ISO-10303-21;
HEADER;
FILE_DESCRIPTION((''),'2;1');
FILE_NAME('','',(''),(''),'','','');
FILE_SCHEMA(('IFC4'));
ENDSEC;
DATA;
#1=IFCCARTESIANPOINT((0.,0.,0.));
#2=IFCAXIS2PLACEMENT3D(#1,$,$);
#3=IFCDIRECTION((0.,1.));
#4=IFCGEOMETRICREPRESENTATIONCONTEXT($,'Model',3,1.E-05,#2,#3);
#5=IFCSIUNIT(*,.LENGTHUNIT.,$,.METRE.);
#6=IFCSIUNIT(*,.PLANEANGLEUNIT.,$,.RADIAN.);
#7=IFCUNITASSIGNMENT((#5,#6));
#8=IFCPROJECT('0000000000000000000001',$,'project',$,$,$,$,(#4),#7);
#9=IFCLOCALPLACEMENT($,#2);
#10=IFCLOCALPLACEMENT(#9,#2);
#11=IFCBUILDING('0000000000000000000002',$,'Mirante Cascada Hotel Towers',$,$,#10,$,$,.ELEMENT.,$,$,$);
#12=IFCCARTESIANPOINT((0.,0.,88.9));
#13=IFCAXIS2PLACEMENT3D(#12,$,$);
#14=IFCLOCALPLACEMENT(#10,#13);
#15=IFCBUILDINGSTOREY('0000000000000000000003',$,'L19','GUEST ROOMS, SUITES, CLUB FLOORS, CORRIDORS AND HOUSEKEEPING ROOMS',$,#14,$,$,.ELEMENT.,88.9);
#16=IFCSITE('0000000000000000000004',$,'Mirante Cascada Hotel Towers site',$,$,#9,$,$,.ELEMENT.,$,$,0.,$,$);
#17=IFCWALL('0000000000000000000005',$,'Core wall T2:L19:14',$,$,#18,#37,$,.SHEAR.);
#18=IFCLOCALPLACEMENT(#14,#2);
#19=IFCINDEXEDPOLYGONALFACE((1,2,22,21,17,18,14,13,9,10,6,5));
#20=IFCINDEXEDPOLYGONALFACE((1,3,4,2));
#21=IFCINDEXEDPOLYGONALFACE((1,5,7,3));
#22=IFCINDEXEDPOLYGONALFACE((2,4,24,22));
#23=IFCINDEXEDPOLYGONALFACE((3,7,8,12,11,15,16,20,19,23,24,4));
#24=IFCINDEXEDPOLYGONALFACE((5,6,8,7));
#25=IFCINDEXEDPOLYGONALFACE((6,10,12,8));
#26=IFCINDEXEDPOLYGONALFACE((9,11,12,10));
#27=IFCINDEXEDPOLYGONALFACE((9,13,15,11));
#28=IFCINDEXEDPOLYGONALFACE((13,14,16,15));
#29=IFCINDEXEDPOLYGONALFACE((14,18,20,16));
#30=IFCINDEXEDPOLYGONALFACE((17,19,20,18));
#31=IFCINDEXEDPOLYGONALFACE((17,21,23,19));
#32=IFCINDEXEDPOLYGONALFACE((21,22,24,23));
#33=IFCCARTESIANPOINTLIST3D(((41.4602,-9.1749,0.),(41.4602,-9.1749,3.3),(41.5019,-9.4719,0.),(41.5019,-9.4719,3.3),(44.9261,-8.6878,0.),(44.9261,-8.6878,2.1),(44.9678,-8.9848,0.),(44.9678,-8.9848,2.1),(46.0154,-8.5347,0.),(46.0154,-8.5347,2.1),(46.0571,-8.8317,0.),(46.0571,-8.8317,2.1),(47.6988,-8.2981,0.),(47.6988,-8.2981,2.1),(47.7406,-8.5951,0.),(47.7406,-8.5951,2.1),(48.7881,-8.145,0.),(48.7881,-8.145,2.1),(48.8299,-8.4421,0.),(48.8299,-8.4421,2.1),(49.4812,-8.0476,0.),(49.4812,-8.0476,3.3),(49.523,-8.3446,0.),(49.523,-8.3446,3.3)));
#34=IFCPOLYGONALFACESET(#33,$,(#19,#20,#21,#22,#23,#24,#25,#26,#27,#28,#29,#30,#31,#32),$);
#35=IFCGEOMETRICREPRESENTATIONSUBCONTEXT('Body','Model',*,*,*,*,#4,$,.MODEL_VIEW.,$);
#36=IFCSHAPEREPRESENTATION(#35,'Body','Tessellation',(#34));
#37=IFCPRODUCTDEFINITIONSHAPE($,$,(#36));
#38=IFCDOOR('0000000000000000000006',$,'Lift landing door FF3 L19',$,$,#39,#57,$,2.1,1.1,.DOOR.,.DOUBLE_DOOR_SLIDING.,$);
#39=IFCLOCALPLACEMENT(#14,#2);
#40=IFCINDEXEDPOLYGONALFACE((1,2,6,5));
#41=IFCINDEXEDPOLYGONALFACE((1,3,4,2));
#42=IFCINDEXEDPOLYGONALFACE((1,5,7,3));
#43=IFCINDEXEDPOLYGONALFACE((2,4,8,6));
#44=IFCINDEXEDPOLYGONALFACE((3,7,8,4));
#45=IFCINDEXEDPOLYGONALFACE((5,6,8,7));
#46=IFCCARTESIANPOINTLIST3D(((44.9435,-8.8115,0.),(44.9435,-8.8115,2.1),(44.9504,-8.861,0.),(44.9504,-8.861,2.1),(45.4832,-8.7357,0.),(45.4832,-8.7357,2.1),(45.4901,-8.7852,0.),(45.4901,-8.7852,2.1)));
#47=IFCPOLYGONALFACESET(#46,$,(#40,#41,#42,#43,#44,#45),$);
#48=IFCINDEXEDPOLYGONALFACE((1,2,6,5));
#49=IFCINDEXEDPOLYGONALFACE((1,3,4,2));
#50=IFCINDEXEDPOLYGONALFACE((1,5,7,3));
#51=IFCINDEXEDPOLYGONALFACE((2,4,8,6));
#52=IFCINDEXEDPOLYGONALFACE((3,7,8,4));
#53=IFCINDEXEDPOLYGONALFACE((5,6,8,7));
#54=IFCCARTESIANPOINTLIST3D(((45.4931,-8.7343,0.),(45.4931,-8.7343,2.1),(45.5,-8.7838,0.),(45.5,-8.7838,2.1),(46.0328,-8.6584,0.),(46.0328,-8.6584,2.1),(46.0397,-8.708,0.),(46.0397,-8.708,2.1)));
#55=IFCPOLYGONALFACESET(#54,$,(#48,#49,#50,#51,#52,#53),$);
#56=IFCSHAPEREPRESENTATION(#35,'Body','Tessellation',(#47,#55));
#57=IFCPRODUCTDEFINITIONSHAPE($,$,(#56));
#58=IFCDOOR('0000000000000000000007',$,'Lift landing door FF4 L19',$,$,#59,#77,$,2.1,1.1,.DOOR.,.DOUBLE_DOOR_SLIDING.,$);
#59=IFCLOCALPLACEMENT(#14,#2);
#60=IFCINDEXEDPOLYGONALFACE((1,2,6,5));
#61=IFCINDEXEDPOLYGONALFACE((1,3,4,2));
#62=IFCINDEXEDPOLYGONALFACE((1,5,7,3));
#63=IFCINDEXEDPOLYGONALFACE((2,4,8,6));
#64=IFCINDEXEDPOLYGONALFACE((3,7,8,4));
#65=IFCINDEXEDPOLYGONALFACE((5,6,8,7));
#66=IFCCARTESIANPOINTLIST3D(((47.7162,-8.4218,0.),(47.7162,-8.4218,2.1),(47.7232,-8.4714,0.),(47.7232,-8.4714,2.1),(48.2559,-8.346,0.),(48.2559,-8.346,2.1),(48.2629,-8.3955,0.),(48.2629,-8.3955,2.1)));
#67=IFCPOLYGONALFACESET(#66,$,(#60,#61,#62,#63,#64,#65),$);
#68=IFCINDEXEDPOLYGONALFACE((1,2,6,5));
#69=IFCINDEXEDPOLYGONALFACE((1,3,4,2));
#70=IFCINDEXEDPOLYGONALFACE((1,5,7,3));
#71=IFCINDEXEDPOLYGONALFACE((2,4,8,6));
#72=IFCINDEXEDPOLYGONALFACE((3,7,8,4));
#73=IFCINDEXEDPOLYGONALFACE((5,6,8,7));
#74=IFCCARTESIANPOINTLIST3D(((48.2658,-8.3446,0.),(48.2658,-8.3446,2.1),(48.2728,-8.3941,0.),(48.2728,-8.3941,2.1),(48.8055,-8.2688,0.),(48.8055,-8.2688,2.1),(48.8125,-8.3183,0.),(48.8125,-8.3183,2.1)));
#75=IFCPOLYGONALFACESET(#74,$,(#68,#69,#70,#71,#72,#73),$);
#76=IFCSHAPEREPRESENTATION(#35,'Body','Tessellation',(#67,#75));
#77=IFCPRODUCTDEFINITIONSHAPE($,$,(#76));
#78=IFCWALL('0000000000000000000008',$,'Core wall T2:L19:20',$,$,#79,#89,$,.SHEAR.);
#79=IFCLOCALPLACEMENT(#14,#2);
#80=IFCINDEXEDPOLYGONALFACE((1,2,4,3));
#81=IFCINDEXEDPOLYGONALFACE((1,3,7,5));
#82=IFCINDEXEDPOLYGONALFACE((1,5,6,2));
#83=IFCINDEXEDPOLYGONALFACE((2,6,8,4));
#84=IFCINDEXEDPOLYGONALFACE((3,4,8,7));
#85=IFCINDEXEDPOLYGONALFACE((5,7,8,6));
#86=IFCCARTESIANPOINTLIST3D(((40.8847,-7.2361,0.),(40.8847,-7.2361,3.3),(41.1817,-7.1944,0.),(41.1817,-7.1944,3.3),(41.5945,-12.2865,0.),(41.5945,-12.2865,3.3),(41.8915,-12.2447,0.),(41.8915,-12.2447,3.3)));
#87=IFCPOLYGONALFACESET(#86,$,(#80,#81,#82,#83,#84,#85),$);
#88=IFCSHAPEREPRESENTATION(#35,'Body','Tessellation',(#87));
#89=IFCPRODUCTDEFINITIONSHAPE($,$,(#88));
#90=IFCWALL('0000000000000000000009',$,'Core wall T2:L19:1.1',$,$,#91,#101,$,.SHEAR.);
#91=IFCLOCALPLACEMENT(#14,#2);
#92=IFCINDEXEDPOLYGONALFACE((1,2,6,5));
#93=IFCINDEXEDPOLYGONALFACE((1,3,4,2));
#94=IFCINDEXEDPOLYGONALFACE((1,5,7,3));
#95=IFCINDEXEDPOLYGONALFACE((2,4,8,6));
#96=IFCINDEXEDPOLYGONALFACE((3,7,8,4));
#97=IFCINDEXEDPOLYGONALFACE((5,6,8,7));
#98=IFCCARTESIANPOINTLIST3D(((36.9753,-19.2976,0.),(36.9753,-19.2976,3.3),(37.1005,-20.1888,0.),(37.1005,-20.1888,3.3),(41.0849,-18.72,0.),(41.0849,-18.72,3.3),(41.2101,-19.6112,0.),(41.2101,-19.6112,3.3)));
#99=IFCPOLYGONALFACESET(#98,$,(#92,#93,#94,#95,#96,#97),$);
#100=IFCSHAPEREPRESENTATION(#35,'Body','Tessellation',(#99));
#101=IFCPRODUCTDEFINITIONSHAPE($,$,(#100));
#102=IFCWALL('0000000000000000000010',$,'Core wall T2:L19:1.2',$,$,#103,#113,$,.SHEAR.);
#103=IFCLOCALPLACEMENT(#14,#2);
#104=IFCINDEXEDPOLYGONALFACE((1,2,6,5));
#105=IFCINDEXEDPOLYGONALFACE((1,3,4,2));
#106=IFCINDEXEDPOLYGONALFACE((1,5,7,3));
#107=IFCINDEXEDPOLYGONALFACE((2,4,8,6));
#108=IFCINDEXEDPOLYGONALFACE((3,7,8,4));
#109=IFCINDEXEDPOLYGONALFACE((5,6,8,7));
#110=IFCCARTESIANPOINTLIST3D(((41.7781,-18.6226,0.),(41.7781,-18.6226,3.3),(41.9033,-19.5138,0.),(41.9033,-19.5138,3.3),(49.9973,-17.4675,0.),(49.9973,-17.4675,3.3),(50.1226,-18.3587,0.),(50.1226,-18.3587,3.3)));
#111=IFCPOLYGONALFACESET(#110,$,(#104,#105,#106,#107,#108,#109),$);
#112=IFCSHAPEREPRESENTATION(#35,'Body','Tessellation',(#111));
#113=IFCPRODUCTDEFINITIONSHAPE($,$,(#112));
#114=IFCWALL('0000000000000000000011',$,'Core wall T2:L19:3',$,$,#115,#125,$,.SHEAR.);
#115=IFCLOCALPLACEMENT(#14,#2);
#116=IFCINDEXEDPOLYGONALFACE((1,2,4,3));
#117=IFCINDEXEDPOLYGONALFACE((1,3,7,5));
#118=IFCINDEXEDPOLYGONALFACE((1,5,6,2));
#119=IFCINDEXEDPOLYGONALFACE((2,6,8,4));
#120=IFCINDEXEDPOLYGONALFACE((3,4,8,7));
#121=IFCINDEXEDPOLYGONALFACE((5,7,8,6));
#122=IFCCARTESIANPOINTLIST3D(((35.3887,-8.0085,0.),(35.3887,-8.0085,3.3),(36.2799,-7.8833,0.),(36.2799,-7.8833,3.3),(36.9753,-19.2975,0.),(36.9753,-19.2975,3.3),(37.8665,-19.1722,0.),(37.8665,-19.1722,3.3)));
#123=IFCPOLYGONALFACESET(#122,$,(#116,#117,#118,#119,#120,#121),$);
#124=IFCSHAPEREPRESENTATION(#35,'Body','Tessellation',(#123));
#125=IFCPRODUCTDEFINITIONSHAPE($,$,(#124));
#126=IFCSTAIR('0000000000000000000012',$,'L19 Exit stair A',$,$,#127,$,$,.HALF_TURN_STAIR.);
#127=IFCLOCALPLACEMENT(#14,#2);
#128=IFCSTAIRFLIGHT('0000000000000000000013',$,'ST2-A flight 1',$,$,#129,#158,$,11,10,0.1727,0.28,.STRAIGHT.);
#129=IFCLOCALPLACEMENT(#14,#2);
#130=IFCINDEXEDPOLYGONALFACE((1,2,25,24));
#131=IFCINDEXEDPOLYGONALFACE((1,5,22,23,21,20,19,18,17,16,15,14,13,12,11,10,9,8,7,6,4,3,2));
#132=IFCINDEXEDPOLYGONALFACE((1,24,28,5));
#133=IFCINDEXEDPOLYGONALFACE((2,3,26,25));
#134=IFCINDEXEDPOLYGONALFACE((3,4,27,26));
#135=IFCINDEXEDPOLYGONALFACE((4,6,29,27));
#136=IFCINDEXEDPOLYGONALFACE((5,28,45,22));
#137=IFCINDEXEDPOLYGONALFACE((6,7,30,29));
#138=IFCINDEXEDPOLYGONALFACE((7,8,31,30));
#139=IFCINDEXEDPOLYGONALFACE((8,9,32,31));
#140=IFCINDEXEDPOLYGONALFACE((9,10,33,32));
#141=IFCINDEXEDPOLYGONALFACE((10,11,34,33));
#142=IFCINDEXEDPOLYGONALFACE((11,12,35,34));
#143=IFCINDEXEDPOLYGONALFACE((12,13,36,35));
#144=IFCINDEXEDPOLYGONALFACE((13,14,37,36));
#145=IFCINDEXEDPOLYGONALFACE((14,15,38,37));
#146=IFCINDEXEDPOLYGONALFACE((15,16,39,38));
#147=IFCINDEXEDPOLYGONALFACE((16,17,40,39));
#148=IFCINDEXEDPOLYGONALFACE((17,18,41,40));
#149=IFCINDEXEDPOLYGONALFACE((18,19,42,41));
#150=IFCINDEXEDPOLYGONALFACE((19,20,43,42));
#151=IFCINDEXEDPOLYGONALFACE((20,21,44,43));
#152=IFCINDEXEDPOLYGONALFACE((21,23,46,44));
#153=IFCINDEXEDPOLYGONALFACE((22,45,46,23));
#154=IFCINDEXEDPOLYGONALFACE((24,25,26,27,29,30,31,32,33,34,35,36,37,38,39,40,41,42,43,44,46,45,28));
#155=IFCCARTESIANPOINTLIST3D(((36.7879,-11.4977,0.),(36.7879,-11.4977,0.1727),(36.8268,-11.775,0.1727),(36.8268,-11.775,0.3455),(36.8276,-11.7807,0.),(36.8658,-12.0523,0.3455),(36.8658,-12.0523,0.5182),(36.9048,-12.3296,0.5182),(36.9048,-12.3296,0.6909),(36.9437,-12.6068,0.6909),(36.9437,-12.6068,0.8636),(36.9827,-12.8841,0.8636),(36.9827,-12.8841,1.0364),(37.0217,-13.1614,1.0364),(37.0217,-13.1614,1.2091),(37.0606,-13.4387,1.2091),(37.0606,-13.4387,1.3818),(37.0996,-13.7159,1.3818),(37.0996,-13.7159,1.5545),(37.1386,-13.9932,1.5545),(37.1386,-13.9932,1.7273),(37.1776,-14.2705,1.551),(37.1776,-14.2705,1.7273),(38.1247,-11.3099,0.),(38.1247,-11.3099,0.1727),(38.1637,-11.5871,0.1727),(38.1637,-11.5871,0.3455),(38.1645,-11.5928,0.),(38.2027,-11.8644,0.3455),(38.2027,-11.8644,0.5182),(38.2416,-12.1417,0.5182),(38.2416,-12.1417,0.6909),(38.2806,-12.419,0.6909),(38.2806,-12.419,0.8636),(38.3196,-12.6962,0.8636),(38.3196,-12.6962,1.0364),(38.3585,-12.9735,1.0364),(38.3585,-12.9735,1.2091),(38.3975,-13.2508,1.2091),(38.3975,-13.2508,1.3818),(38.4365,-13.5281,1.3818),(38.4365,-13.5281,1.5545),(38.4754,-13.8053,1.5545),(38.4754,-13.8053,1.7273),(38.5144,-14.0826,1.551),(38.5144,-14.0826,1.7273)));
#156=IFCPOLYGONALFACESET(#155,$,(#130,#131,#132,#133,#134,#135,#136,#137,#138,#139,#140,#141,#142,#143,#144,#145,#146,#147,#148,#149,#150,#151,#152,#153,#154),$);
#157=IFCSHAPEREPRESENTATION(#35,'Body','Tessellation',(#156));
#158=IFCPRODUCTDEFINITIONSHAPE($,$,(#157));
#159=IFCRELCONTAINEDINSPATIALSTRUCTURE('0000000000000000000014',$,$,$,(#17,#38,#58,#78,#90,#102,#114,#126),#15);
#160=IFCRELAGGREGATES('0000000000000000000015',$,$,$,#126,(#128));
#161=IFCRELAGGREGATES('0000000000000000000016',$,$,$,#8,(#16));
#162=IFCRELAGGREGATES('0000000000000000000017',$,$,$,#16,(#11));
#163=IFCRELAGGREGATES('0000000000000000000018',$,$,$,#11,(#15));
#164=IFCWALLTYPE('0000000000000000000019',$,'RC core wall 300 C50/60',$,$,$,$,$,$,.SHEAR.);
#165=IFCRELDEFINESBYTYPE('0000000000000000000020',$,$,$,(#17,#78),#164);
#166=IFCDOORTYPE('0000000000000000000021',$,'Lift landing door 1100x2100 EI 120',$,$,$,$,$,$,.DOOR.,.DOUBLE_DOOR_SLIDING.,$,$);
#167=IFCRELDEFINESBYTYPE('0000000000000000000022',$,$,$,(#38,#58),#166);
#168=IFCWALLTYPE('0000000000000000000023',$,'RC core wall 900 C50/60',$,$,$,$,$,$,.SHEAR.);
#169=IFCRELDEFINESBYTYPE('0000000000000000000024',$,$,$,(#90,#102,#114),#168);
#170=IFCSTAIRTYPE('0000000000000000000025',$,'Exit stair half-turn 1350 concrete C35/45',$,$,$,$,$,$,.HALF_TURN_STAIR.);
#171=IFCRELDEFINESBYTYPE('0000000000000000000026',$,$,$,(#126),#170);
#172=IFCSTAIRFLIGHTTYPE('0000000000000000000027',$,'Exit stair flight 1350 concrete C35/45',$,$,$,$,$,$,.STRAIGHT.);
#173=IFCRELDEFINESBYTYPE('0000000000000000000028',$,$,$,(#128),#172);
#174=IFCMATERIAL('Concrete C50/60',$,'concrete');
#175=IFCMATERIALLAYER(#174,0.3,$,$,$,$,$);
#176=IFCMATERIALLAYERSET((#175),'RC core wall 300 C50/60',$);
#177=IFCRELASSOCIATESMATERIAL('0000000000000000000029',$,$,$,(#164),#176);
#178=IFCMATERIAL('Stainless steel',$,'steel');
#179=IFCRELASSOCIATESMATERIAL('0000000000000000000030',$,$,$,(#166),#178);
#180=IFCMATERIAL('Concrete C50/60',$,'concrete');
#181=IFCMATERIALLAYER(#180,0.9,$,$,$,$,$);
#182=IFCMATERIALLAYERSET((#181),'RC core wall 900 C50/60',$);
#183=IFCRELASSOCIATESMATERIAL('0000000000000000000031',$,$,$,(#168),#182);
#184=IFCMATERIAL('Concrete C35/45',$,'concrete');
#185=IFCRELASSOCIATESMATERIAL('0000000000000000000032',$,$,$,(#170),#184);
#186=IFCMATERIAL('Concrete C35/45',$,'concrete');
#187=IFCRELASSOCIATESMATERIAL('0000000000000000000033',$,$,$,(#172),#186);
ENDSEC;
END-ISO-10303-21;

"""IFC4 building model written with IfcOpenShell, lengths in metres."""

from ifc_helpers import new_model, si_unit, direction, frame, frame_2d, origin, place, context, subcontext, project, spatial, polyline, rectangle, outline, extrude, material, layer, layer_set, type_object, element, fill, aggregate, save


model = new_model("IFC4")

# Units and contexts
model_context = context("Model", 3, precision=1e-05, world=origin(), true_north=direction((0.0, 1.0)))
body_context = subcontext(model_context, "Body", "Model", "MODEL_VIEW")
ifc_project = project(units=[si_unit("LENGTHUNIT", "METRE"), si_unit("PLANEANGLEUNIT", "RADIAN")], contexts=[model_context])

# Site, building, storey
site_placement = place(None, origin())
site = spatial("IfcSite", under=ifc_project, at=site_placement, Name="Mirante Cascada Hotel Towers site", CompositionType="ELEMENT", RefElevation=0.0)
building_placement = place(site_placement, origin())
building = spatial("IfcBuilding", under=site, at=building_placement, Name="Mirante Cascada Hotel Towers", CompositionType="ELEMENT")
storey_placement = place(building_placement, frame((0.0, 0.0, 88.9)))
storey = spatial("IfcBuildingStorey", under=building, at=storey_placement, Name="L19", Description="GUEST ROOMS, SUITES, CLUB FLOORS, CORRIDORS AND HOUSEKEEPING ROOMS", CompositionType="ELEMENT", Elevation=88.9)

# Shared definitions
ifc_material_1 = material(Name="Concrete C50/60", Category="concrete")
ifc_layer_1 = layer(ifc_material_1, 0.3)
ifc_layer_set_1 = layer_set([ifc_layer_1], Name="RC core wall 300 C50/60")
wall_type_1 = type_object("IfcWallType", Name="RC core wall 300 C50/60", PredefinedType="SHEAR", material=ifc_layer_set_1)

# Shared definitions
ifc_material_2 = material(Name="Stainless steel", Category="steel")
door_type_1 = type_object("IfcDoorType", Name="Lift landing door 1100x2100 EI 120", OperationType="DOUBLE_DOOR_SLIDING", PredefinedType="DOOR", material=ifc_material_2)

# Wall, openings, doors
wall_1_placement = place(storey_placement, frame((41.481, -9.3234, 0.0), z_axis=(0.0, 0.0, 1.0), x_axis=(0.990268, 0.139174, 0.0)))
wall_1 = element("IfcWall", 1, at=wall_1_placement, inside=storey, type_object=wall_type_1, Name="Core wall T2:L19:14", PredefinedType="SHEAR", context=body_context, shape_type="SweptSolid", body=[
    extrude(rectangle(XDim=8.0999, YDim=0.3, at=frame_2d((4.05, 0.0))), origin(), (0.0, 0.0, 1.0), 3.3),
])
opening_1_placement = place(wall_1_placement, frame((3.5, 0.0, 0.0)))
opening_1 = element("IfcOpeningElement", 2, at=opening_1_placement, cuts=wall_1, PredefinedType="OPENING", context=body_context, shape_type="SweptSolid", body=[
    extrude(rectangle(XDim=1.1, YDim=2.1, at=frame_2d((0.55, 1.05))), frame((0.0, 0.15, 0.0), z_axis=(0.0, -1.0, 0.0), x_axis=(1.0, 0.0, 0.0)), (0.0, 0.0, 1.0), 0.3),
])
opening_2_placement = place(wall_1_placement, frame((6.3, 0.0, 0.0)))
opening_2 = element("IfcOpeningElement", 3, at=opening_2_placement, cuts=wall_1, PredefinedType="OPENING", context=body_context, shape_type="SweptSolid", body=[
    extrude(rectangle(XDim=1.1, YDim=2.1, at=frame_2d((0.55, 1.05))), frame((0.0, 0.15, 0.0), z_axis=(0.0, -1.0, 0.0), x_axis=(1.0, 0.0, 0.0)), (0.0, 0.0, 1.0), 0.3),
])
door_1_placement = place(opening_1_placement, origin())
door_1 = element("IfcDoor", 4, at=door_1_placement, inside=storey, type_object=door_type_1, Name="Lift landing door FF3 L19", OperationType="DOUBLE_DOOR_SLIDING", OverallHeight=2.1, OverallWidth=1.1, PredefinedType="DOOR", context=body_context, shape_type="SweptSolid", body=[
    extrude(rectangle(XDim=0.545, YDim=2.1, at=frame_2d((0.2725, 1.05))), frame((0.0, 0.025, 0.0), z_axis=(0.0, -1.0, 0.0), x_axis=(1.0, 0.0, 0.0)), (0.0, 0.0, 1.0), 0.05),
    extrude(rectangle(XDim=0.545, YDim=2.1, at=frame_2d((0.8275, 1.05))), frame((0.0, 0.025, 0.0), z_axis=(0.0, -1.0, 0.0), x_axis=(1.0, 0.0, 0.0)), (0.0, 0.0, 1.0), 0.05),
])
fill(opening_1, door_1)
door_2_placement = place(opening_2_placement, origin())
door_2 = element("IfcDoor", 5, at=door_2_placement, inside=storey, type_object=door_type_1, Name="Lift landing door FF4 L19", OperationType="DOUBLE_DOOR_SLIDING", OverallHeight=2.1, OverallWidth=1.1, PredefinedType="DOOR", context=body_context, shape_type="SweptSolid", body=[
    extrude(rectangle(XDim=0.545, YDim=2.1, at=frame_2d((0.2725, 1.05))), frame((0.0, 0.025, 0.0), z_axis=(0.0, -1.0, 0.0), x_axis=(1.0, 0.0, 0.0)), (0.0, 0.0, 1.0), 0.05),
    extrude(rectangle(XDim=0.545, YDim=2.1, at=frame_2d((0.8275, 1.05))), frame((0.0, 0.025, 0.0), z_axis=(0.0, -1.0, 0.0), x_axis=(1.0, 0.0, 0.0)), (0.0, 0.0, 1.0), 0.05),
])
fill(opening_2, door_2)

# Walls
wall_2_placement = place(storey_placement, frame((41.743, -12.2656, 0.0), z_axis=(0.0, 0.0, 1.0), x_axis=(-0.139176, 0.990268, 0.0)))
element("IfcWall", 6, at=wall_2_placement, inside=storey, type_object=wall_type_1, Name="Core wall T2:L19:20", PredefinedType="SHEAR", context=body_context, shape_type="SweptSolid", body=[
    extrude(rectangle(XDim=5.1, YDim=0.3, at=frame_2d((2.55, 0.0))), origin(), (0.0, 0.0, 1.0), 3.3),
])
ifc_material_3 = material(Name="Concrete C50/60", Category="concrete")
ifc_layer_2 = layer(ifc_material_3, 0.9)
ifc_layer_set_2 = layer_set([ifc_layer_2], Name="RC core wall 900 C50/60")
wall_type_2 = type_object("IfcWallType", Name="RC core wall 900 C50/60", PredefinedType="SHEAR", material=ifc_layer_set_2)
wall_3_placement = place(storey_placement, frame((37.0379, -19.7432, 0.0), z_axis=(0.0, 0.0, 1.0), x_axis=(0.990267, 0.139181, 0.0)))
element("IfcWall", 7, at=wall_3_placement, inside=storey, type_object=wall_type_2, Name="Core wall T2:L19:1.1", PredefinedType="SHEAR", context=body_context, shape_type="SweptSolid", body=[
    extrude(rectangle(XDim=4.15, YDim=0.9, at=frame_2d((2.075, 0.0))), origin(), (0.0, 0.0, 1.0), 3.3),
])
wall_4_placement = place(storey_placement, frame((41.8407, -19.0682, 0.0), z_axis=(0.0, 0.0, 1.0), x_axis=(0.990269, 0.139169, 0.0)))
element("IfcWall", 8, at=wall_4_placement, inside=storey, type_object=wall_type_2, Name="Core wall T2:L19:1.2", PredefinedType="SHEAR", context=body_context, shape_type="SweptSolid", body=[
    extrude(rectangle(XDim=8.3, YDim=0.9, at=frame_2d((4.15, 0.0))), origin(), (0.0, 0.0, 1.0), 3.3),
])
wall_5_placement = place(storey_placement, frame((37.4209, -19.2349, 0.0), z_axis=(0.0, 0.0, 1.0), x_axis=(-0.139176, 0.990268, 0.0)))
element("IfcWall", 9, at=wall_5_placement, inside=storey, type_object=wall_type_2, Name="Core wall T2:L19:3", PredefinedType="SHEAR", context=body_context, shape_type="SweptSolid", body=[
    extrude(rectangle(XDim=11.3999, YDim=0.9, at=frame_2d((5.7, 0.0))), origin(), (0.0, 0.0, 1.0), 3.3),
])

# Stair, stair flight
ifc_material_4 = material(Name="Concrete C35/45", Category="concrete")
stair_type = type_object("IfcStairType", Name="Exit stair half-turn 1350 concrete C35/45", PredefinedType="HALF_TURN_STAIR", material=ifc_material_4)
stair_placement = place(storey_placement, origin())
stair = element("IfcStair", 10, at=stair_placement, inside=storey, type_object=stair_type, Name="L19 Exit stair A", PredefinedType="HALF_TURN_STAIR")
ifc_material_5 = material(Name="Concrete C35/45", Category="concrete")
stair_flight_type = type_object("IfcStairFlightType", Name="Exit stair flight 1350 concrete C35/45", PredefinedType="STRAIGHT", material=ifc_material_5)
stair_flight_1_placement = place(storey_placement, frame((37.4563, -11.4038, 0.0), z_axis=(0.0, 0.0, 1.0), x_axis=(0.139173, -0.990268, 0.0)))
stair_flight_1 = element("IfcStairFlight", 11, at=stair_flight_1_placement, type_object=stair_flight_type, Name="ST2-A flight 1", NumberOfRisers=11, NumberOfTreads=10, PredefinedType="STRAIGHT", RiserHeight=0.1727, TreadLength=0.28, context=body_context, shape_type="SweptSolid", body=[
    extrude(outline(polyline([(0.0, 0.0), (0.0, 0.1727), (0.28, 0.1727), (0.28, 0.3455), (0.56, 0.3455), (0.56, 0.5182), (0.84, 0.5182), (0.84, 0.6909), (1.12, 0.6909), (1.12, 0.8636), (1.4, 0.8636), (1.4, 1.0364), (1.68, 1.0364), (1.68, 1.2091), (1.96, 1.2091), (1.96, 1.3818), (2.24, 1.3818), (2.24, 1.5545), (2.52, 1.5545), (2.52, 1.7273), (2.8, 1.7273), (2.8, 1.9), (2.8, 1.551), (0.2857, 0.0), (0.0, 0.0)])), frame((0.0, 0.675, 0.0), z_axis=(0.0, -1.0, 0.0), x_axis=(1.0, 0.0, 0.0)), (0.0, 0.0, 1.0), 1.35),
])
aggregate(stair, [stair_flight_1])

save(model, "model.ifc")
